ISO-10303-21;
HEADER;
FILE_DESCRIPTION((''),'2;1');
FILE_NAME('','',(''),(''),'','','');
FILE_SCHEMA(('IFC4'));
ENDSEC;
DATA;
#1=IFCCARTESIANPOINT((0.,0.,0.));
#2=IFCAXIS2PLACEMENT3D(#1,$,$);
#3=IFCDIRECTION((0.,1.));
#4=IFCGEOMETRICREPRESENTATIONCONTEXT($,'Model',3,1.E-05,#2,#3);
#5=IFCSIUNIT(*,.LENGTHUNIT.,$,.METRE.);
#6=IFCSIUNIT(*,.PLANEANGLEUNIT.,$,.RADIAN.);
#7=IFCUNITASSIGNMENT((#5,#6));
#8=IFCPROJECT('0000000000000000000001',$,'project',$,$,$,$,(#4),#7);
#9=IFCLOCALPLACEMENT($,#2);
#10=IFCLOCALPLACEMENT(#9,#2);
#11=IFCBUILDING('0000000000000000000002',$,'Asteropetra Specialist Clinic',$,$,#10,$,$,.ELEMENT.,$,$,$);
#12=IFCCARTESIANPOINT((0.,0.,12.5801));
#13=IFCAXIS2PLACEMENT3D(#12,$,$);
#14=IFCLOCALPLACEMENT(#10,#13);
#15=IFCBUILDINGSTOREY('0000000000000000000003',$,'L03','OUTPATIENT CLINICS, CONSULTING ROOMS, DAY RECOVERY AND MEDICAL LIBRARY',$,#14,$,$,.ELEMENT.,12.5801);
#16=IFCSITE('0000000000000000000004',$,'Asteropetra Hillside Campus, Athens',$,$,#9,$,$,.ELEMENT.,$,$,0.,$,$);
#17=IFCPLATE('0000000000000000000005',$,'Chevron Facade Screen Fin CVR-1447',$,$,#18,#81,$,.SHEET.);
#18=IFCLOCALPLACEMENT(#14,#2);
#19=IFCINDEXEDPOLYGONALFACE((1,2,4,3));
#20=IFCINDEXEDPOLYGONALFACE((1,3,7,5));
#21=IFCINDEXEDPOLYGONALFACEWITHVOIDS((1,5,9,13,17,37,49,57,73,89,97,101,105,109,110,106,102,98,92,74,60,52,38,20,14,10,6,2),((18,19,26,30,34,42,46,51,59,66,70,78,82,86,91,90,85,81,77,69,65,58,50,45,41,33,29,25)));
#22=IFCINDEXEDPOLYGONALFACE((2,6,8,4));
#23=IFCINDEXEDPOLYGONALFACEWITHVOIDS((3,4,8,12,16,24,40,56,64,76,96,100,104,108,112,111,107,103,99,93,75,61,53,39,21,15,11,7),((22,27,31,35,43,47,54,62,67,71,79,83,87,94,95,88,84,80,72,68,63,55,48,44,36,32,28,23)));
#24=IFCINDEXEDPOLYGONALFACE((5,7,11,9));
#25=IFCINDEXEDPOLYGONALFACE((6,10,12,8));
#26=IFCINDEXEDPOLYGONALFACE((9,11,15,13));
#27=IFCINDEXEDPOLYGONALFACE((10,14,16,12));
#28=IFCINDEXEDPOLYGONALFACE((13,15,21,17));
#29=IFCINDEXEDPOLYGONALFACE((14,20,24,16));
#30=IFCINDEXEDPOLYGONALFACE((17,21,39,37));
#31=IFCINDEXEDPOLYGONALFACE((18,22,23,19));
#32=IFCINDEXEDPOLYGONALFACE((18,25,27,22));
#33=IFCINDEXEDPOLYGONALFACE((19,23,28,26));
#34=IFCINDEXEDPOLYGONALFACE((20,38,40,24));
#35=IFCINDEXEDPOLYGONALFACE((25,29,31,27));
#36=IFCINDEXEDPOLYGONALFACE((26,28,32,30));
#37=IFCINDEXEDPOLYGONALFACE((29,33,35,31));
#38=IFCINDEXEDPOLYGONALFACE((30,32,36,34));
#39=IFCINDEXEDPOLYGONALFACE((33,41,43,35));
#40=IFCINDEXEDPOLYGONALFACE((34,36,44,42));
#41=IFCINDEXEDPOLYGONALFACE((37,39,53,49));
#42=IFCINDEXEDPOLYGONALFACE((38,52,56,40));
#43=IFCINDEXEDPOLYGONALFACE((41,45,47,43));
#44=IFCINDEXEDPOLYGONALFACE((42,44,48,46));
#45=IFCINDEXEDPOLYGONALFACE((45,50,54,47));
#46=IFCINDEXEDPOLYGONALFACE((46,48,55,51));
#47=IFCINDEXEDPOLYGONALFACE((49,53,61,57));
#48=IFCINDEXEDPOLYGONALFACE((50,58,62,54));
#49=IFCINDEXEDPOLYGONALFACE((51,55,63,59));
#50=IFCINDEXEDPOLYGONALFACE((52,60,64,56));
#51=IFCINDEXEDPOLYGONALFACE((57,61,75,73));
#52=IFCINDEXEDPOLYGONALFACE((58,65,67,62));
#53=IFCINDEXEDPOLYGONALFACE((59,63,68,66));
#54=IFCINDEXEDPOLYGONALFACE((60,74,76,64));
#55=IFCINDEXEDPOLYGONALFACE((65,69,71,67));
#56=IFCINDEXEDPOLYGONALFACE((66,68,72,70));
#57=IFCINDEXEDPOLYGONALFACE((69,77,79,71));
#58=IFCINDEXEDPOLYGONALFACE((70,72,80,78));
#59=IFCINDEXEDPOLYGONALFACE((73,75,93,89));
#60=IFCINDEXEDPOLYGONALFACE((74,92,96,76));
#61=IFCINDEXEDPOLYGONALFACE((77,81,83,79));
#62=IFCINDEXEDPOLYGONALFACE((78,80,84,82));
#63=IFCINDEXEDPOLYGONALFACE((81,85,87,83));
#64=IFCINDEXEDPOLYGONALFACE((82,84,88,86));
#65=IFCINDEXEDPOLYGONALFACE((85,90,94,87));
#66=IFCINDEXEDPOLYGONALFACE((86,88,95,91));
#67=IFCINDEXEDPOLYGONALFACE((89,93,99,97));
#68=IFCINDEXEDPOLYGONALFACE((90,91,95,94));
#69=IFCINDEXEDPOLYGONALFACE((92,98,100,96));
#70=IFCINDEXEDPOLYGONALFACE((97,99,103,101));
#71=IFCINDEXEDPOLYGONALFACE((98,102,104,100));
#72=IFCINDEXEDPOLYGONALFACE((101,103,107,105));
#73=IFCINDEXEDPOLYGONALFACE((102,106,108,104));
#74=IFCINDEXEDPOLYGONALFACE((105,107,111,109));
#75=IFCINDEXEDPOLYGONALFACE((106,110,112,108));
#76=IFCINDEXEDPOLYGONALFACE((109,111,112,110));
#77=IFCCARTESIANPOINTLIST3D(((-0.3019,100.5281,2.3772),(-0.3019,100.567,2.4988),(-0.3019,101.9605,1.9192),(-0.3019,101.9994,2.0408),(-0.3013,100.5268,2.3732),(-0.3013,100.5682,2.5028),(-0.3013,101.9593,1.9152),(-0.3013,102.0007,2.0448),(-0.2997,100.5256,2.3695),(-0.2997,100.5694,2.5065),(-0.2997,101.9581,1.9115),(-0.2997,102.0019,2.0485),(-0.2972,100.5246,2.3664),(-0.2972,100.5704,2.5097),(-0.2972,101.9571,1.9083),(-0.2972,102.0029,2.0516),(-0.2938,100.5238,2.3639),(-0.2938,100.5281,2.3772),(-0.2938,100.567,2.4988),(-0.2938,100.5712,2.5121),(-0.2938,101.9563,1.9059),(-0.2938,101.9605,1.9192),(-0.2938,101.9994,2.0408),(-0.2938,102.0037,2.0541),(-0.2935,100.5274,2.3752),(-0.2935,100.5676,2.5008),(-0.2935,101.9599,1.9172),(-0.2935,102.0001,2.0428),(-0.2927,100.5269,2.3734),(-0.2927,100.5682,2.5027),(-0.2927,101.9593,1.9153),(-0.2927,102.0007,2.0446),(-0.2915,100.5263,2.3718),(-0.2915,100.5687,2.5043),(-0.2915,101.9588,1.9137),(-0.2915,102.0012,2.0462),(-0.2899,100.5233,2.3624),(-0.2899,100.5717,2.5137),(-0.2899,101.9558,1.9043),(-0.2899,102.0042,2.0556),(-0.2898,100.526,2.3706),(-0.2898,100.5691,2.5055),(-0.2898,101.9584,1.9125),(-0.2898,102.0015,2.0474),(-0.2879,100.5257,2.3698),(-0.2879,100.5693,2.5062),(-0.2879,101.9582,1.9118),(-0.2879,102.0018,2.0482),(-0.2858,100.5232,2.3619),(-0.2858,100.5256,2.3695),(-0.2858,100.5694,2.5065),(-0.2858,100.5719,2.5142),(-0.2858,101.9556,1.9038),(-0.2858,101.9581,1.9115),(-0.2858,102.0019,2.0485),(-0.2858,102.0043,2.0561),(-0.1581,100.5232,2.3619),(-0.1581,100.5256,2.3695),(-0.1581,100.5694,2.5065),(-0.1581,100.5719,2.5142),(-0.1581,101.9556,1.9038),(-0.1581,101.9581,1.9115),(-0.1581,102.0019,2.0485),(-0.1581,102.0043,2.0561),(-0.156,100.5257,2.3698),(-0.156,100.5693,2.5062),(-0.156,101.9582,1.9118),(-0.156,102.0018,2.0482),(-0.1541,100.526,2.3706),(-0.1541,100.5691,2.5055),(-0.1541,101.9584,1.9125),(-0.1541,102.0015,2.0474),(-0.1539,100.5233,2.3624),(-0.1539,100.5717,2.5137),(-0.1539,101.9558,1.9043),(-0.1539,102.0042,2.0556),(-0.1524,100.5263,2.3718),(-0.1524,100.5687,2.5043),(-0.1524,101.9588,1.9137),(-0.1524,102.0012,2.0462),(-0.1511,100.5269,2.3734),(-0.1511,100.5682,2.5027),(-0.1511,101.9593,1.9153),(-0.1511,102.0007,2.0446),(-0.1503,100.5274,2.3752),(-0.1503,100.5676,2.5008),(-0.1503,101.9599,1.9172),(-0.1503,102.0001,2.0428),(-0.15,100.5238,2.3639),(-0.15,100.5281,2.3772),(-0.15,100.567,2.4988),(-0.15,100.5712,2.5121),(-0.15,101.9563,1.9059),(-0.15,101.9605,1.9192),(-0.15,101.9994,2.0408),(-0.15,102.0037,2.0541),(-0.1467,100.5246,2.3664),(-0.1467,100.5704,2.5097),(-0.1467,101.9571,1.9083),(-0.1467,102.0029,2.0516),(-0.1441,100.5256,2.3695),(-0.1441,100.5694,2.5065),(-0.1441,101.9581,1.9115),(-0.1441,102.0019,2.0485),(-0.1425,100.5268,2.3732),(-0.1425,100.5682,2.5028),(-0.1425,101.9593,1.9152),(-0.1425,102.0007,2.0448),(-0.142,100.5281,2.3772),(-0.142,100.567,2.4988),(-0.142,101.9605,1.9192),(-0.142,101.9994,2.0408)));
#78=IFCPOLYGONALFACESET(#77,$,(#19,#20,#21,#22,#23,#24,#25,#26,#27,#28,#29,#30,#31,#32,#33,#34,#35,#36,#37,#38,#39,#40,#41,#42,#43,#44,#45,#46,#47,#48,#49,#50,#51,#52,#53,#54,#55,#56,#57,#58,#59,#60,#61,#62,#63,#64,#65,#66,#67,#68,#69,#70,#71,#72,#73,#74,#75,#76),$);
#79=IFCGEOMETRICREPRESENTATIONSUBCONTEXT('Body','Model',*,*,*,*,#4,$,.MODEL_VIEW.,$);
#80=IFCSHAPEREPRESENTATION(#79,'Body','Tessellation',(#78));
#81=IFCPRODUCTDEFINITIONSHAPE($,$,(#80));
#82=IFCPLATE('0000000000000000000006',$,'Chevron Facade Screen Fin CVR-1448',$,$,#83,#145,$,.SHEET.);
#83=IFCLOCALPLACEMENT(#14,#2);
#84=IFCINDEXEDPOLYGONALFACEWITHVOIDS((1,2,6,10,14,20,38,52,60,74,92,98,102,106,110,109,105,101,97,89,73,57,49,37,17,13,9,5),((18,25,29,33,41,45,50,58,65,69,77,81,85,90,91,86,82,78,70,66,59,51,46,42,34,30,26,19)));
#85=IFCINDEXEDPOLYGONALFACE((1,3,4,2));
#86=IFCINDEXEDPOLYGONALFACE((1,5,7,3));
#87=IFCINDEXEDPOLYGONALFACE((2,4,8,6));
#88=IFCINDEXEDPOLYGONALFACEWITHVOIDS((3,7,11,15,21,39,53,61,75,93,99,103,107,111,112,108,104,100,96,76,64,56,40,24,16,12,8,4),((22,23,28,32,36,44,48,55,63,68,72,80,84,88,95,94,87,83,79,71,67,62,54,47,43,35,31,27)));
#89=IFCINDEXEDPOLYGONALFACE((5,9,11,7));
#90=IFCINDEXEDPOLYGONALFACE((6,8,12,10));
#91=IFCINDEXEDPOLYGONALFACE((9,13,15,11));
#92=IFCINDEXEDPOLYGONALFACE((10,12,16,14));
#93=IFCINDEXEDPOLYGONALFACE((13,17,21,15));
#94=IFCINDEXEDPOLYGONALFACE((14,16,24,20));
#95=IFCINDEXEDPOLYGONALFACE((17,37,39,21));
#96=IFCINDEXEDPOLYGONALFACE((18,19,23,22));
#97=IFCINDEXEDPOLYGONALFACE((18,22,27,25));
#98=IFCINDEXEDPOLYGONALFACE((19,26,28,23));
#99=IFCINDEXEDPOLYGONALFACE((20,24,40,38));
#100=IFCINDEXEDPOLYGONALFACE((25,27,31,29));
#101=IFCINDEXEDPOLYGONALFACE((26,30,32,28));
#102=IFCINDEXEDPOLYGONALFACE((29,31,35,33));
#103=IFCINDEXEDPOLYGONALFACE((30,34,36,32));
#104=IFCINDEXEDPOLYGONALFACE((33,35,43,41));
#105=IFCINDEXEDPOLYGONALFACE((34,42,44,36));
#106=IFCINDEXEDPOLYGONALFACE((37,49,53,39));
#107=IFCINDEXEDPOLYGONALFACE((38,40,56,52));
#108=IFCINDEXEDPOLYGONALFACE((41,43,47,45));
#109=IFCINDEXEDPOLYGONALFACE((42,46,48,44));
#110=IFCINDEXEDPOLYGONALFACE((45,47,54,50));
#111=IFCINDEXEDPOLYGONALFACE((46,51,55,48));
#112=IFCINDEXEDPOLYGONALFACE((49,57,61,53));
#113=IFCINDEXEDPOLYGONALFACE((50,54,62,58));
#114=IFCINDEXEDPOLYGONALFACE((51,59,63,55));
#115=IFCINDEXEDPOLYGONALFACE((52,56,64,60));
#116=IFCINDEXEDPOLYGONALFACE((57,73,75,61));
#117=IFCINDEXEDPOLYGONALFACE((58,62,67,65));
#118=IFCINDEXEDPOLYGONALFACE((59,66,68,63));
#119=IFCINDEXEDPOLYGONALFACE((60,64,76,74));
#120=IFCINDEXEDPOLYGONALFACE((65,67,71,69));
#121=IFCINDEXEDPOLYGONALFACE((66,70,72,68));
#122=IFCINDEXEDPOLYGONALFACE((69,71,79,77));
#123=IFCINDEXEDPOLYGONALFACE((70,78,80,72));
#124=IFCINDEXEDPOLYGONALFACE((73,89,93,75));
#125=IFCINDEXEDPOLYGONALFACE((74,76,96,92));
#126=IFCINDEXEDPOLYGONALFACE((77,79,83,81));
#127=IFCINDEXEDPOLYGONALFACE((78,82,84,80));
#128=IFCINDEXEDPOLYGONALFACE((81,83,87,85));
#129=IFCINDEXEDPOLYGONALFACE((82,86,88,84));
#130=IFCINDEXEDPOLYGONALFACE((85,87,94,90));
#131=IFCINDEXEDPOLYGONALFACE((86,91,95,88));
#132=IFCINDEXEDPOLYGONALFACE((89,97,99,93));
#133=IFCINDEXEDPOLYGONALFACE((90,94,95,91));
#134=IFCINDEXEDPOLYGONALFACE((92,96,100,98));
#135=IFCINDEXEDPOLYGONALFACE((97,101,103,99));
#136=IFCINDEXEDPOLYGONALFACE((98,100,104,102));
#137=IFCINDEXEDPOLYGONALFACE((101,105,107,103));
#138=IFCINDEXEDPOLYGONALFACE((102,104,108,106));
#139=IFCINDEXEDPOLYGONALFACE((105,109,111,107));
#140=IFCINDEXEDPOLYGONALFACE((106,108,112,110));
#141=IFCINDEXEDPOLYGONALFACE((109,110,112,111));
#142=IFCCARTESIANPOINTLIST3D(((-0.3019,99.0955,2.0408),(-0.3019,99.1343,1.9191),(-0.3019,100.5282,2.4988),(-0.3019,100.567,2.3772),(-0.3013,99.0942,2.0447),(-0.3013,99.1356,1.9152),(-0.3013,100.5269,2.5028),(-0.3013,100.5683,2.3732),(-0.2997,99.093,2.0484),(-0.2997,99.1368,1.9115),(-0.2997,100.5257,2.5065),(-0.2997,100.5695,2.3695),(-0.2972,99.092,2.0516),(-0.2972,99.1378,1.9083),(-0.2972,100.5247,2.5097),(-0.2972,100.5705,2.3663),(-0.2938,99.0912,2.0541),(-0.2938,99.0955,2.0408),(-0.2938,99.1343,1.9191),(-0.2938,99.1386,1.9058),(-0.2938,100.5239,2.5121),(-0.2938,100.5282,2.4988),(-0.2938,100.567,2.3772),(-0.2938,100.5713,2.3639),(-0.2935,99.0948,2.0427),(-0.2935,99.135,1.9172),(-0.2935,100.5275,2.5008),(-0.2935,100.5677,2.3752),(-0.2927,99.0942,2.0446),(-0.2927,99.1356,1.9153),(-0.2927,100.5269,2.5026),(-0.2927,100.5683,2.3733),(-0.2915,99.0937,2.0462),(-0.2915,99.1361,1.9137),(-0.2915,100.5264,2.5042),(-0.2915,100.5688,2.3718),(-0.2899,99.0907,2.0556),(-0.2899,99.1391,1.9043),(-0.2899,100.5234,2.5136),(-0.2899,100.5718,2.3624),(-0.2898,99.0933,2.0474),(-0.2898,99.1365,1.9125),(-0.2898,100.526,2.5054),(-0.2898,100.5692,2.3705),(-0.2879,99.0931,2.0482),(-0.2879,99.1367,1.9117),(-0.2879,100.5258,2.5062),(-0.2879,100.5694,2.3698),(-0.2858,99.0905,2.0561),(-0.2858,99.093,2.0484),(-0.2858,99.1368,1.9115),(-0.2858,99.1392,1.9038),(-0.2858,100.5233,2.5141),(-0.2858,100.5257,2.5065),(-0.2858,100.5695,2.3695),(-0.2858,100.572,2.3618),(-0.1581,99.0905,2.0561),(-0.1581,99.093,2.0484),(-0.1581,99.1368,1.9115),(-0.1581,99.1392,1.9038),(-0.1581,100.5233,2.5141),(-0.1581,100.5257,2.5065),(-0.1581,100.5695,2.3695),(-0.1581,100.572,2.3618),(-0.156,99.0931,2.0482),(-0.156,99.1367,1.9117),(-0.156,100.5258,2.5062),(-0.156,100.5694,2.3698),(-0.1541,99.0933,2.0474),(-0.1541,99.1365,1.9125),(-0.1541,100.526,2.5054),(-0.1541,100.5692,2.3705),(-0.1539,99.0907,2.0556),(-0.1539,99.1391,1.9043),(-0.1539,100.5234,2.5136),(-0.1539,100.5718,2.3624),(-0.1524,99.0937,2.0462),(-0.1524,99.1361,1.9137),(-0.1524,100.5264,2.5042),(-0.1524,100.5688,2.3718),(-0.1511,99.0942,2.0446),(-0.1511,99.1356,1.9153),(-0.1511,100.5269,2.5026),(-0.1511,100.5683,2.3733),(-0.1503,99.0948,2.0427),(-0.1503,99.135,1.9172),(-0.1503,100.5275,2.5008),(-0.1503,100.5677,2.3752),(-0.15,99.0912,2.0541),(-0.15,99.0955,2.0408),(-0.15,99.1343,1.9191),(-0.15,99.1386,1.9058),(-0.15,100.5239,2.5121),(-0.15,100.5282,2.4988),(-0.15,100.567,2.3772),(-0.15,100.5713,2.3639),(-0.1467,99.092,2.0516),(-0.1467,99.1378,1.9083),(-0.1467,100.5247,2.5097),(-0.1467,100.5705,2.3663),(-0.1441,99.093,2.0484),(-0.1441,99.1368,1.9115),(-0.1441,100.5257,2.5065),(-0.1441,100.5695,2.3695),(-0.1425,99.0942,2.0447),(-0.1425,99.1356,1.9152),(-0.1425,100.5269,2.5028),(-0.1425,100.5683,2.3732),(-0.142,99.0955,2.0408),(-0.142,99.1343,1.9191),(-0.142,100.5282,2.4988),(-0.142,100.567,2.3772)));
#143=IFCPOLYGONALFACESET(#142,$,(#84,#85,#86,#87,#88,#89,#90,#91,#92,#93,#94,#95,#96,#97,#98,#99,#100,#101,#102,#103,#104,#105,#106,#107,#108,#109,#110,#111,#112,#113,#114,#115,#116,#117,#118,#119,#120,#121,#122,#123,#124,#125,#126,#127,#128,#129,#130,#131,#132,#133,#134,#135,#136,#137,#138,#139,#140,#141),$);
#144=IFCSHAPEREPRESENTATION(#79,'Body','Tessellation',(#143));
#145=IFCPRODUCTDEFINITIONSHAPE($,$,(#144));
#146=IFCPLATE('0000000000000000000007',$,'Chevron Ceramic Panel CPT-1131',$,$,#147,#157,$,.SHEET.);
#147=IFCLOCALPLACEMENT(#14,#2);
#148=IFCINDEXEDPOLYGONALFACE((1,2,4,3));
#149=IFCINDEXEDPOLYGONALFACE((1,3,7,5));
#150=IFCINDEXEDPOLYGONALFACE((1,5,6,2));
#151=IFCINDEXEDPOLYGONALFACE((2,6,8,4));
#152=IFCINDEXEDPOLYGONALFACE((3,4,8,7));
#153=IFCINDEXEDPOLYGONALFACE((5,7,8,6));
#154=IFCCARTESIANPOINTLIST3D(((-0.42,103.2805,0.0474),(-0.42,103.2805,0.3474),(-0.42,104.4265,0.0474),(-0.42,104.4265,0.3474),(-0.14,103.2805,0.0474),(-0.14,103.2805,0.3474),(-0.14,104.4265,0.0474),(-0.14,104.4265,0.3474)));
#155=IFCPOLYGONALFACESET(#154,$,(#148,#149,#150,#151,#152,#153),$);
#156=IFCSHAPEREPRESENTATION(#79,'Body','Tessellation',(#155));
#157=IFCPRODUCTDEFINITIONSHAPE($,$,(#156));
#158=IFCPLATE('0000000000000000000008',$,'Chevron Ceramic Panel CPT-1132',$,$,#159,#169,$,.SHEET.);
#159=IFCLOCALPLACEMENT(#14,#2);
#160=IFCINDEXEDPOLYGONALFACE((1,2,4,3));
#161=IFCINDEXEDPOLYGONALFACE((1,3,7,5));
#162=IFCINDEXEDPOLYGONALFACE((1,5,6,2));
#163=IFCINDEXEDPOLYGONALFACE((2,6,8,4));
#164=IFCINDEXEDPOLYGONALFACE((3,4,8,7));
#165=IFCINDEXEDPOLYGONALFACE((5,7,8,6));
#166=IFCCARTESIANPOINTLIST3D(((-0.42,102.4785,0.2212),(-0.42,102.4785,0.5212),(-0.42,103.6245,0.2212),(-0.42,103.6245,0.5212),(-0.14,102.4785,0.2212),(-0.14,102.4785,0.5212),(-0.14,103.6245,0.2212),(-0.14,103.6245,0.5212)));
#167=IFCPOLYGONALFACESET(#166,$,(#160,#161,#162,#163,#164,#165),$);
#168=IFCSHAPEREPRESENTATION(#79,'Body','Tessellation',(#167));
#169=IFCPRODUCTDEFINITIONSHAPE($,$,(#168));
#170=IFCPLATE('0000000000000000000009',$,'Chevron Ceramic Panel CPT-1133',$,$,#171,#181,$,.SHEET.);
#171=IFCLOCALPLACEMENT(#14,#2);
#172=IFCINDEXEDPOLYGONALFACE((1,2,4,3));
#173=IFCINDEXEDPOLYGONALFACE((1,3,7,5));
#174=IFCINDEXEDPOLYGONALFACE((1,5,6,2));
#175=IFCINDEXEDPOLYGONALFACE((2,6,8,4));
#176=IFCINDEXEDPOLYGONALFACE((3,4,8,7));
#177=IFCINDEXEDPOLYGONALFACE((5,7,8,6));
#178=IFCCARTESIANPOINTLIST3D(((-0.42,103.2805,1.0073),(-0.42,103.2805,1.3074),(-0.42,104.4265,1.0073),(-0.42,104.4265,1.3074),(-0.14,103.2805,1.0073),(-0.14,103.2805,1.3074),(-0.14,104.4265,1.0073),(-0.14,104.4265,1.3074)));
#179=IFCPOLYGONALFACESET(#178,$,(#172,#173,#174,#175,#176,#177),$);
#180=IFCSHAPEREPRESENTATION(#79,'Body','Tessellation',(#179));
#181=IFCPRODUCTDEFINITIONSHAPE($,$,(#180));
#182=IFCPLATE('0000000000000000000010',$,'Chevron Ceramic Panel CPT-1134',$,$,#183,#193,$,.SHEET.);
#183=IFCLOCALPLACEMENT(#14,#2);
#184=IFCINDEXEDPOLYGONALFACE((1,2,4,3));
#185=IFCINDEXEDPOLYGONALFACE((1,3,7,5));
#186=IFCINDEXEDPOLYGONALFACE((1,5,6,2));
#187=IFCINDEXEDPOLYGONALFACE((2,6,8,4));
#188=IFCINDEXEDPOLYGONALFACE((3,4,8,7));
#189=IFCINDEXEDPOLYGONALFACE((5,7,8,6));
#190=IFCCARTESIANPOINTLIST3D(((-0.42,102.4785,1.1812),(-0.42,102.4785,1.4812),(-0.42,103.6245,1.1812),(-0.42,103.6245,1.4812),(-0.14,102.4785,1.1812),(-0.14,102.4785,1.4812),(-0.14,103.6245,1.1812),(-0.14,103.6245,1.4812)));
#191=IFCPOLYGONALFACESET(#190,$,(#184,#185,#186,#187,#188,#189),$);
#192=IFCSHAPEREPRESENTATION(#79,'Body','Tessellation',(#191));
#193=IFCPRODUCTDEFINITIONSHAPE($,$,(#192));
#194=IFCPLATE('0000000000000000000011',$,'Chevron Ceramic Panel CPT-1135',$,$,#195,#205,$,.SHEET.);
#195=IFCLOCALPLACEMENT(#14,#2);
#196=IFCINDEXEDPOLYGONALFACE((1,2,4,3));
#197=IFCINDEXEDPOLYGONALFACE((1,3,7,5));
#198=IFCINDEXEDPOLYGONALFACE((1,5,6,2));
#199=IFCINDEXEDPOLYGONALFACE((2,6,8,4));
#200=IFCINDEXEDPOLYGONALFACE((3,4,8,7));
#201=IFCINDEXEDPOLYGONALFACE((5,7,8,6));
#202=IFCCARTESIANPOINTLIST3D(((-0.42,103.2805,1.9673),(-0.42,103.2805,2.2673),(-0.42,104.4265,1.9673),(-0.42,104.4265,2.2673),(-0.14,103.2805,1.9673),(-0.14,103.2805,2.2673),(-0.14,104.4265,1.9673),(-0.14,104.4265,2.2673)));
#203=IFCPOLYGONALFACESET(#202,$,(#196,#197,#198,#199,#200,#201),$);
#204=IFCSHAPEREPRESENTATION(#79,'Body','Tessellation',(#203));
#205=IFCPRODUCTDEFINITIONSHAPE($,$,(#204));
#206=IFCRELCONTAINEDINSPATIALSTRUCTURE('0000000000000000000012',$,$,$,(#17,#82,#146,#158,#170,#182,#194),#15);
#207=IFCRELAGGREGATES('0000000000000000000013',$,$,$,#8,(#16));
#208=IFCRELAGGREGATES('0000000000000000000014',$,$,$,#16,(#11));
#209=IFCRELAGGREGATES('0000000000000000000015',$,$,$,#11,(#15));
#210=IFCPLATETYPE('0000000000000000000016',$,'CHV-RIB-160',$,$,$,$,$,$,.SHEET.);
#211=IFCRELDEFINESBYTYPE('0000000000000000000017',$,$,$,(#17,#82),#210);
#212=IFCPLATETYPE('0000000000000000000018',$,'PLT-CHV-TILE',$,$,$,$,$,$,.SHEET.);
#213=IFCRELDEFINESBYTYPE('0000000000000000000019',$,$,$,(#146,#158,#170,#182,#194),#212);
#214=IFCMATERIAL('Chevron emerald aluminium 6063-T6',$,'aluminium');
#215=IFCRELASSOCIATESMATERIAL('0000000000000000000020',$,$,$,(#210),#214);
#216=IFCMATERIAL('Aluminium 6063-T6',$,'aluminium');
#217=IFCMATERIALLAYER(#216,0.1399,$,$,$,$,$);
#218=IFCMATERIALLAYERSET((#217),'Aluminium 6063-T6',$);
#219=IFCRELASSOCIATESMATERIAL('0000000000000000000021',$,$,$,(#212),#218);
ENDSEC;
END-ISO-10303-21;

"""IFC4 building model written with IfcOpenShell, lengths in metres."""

from ifc_helpers import new_model, si_unit, direction, frame, origin, origin_2d, place, context, subcontext, project, spatial, rectangle, hollow_rectangle, extrude, material, layer, layer_set, material_profile, profile_set, type_object, element, save


model = new_model("IFC4")

# Units and contexts
model_context = context("Model", 3, precision=1e-05, world=origin(), true_north=direction((0.0, 1.0)))
body_context = subcontext(model_context, "Body", "Model", "MODEL_VIEW")
ifc_project = project(units=[si_unit("LENGTHUNIT", "METRE"), si_unit("PLANEANGLEUNIT", "RADIAN")], contexts=[model_context])

# Site, building, storey
site_placement = place(None, origin())
site = spatial("IfcSite", under=ifc_project, at=site_placement, Name="Asteropetra Hillside Campus, Athens", CompositionType="ELEMENT", RefElevation=0.0)
building_placement = place(site_placement, origin())
building = spatial("IfcBuilding", under=site, at=building_placement, Name="Asteropetra Specialist Clinic", CompositionType="ELEMENT")
storey_placement = place(building_placement, frame((0.0, 0.0, 12.5801)))
storey = spatial("IfcBuildingStorey", under=building, at=storey_placement, Name="L03", Description="OUTPATIENT CLINICS, CONSULTING ROOMS, DAY RECOVERY AND MEDICAL LIBRARY", CompositionType="ELEMENT", Elevation=12.5801)

# Plates
ifc_material_1 = material(Name="Chevron emerald aluminium 6063-T6", Category="aluminium")
ifc_material_profile = material_profile(ifc_material_1, hollow_rectangle(XDim=0.1599, YDim=0.1599, WallThickness=0.0081, InnerFilletRadius=0.0081, OuterFilletRadius=0.0161, at=origin_2d()), Name="SHS 160x160x8.0")
ifc_profile_set = profile_set([ifc_material_profile], Name="Chevron emerald aluminium 6063-T6")
plate_type_1 = type_object("IfcPlateType", Name="CHV-RIB-160", PredefinedType="SHEET", material=ifc_profile_set)
plate_1_placement = place(storey_placement, frame((-0.2219, 101.98, 1.98), z_axis=(0.0, -0.952492, 0.304564), x_axis=(1.0, 0.0, 0.0)))
element("IfcPlate", 1, at=plate_1_placement, inside=storey, type_object=plate_type_1, Name="Chevron Facade Screen Fin CVR-1447", PredefinedType="SHEET", context=body_context, shape_type="SweptSolid", body=[
    extrude(hollow_rectangle(XDim=0.1599, YDim=0.1599, WallThickness=0.0081, InnerFilletRadius=0.0081, OuterFilletRadius=0.0161, at=origin_2d()), origin(), (0.0, 0.0, 1.0), 1.5039),
])
plate_2_placement = place(storey_placement, frame((-0.2219, 100.5476, 2.438), z_axis=(0.0, -0.952507, -0.304517), x_axis=(1.0, 0.0, 0.0)))
element("IfcPlate", 2, at=plate_2_placement, inside=storey, type_object=plate_type_1, Name="Chevron Facade Screen Fin CVR-1448", PredefinedType="SHEET", context=body_context, shape_type="SweptSolid", body=[
    extrude(hollow_rectangle(XDim=0.1599, YDim=0.1599, WallThickness=0.0081, InnerFilletRadius=0.0081, OuterFilletRadius=0.0161, at=origin_2d()), origin(), (0.0, 0.0, 1.0), 1.5042),
])
ifc_material_2 = material(Name="Aluminium 6063-T6", Category="aluminium")
ifc_layer_1 = layer(ifc_material_2, 0.1399)
ifc_layer_set_1 = layer_set([ifc_layer_1], Name="Aluminium 6063-T6")
plate_type_2 = type_object("IfcPlateType", Name="PLT-CHV-TILE", PredefinedType="SHEET", material=ifc_layer_set_1)
for number, where, z_axis, x_axis, name in (
    (3, (-0.28, 103.8535, 0.0474), (0.0, 0.0, 1.0), (1.0, 0.0, 0.0), "Chevron Ceramic Panel CPT-1131"),
    (4, (-0.28, 103.0515, 0.2212), (0.0, 0.0, 1.0), (1.0, 0.0, 0.0), "Chevron Ceramic Panel CPT-1132"),
    (5, (-0.28, 103.8535, 1.0073), (0.0, 0.0, 1.0), (1.0, 0.0, 0.0), "Chevron Ceramic Panel CPT-1133"),
    (6, (-0.28, 103.0515, 1.1812), (0.0, 0.0, 1.0), (1.0, 0.0, 0.0), "Chevron Ceramic Panel CPT-1134"),
    (7, (-0.28, 103.8535, 1.9673), (0.0, 0.0, 1.0), (1.0, 0.0, 0.0), "Chevron Ceramic Panel CPT-1135"),
):
    element("IfcPlate", number, at=place(storey_placement, frame(where, z_axis=z_axis, x_axis=x_axis)), inside=storey, type_object=plate_type_2, Name=name, PredefinedType="SHEET", context=body_context, shape_type="SweptSolid", body=[
        extrude(rectangle(XDim=0.28, YDim=1.146, at=origin_2d()), origin(), (0.0, 0.0, 1.0), 0.3),
    ])

save(model, "model.ifc")
